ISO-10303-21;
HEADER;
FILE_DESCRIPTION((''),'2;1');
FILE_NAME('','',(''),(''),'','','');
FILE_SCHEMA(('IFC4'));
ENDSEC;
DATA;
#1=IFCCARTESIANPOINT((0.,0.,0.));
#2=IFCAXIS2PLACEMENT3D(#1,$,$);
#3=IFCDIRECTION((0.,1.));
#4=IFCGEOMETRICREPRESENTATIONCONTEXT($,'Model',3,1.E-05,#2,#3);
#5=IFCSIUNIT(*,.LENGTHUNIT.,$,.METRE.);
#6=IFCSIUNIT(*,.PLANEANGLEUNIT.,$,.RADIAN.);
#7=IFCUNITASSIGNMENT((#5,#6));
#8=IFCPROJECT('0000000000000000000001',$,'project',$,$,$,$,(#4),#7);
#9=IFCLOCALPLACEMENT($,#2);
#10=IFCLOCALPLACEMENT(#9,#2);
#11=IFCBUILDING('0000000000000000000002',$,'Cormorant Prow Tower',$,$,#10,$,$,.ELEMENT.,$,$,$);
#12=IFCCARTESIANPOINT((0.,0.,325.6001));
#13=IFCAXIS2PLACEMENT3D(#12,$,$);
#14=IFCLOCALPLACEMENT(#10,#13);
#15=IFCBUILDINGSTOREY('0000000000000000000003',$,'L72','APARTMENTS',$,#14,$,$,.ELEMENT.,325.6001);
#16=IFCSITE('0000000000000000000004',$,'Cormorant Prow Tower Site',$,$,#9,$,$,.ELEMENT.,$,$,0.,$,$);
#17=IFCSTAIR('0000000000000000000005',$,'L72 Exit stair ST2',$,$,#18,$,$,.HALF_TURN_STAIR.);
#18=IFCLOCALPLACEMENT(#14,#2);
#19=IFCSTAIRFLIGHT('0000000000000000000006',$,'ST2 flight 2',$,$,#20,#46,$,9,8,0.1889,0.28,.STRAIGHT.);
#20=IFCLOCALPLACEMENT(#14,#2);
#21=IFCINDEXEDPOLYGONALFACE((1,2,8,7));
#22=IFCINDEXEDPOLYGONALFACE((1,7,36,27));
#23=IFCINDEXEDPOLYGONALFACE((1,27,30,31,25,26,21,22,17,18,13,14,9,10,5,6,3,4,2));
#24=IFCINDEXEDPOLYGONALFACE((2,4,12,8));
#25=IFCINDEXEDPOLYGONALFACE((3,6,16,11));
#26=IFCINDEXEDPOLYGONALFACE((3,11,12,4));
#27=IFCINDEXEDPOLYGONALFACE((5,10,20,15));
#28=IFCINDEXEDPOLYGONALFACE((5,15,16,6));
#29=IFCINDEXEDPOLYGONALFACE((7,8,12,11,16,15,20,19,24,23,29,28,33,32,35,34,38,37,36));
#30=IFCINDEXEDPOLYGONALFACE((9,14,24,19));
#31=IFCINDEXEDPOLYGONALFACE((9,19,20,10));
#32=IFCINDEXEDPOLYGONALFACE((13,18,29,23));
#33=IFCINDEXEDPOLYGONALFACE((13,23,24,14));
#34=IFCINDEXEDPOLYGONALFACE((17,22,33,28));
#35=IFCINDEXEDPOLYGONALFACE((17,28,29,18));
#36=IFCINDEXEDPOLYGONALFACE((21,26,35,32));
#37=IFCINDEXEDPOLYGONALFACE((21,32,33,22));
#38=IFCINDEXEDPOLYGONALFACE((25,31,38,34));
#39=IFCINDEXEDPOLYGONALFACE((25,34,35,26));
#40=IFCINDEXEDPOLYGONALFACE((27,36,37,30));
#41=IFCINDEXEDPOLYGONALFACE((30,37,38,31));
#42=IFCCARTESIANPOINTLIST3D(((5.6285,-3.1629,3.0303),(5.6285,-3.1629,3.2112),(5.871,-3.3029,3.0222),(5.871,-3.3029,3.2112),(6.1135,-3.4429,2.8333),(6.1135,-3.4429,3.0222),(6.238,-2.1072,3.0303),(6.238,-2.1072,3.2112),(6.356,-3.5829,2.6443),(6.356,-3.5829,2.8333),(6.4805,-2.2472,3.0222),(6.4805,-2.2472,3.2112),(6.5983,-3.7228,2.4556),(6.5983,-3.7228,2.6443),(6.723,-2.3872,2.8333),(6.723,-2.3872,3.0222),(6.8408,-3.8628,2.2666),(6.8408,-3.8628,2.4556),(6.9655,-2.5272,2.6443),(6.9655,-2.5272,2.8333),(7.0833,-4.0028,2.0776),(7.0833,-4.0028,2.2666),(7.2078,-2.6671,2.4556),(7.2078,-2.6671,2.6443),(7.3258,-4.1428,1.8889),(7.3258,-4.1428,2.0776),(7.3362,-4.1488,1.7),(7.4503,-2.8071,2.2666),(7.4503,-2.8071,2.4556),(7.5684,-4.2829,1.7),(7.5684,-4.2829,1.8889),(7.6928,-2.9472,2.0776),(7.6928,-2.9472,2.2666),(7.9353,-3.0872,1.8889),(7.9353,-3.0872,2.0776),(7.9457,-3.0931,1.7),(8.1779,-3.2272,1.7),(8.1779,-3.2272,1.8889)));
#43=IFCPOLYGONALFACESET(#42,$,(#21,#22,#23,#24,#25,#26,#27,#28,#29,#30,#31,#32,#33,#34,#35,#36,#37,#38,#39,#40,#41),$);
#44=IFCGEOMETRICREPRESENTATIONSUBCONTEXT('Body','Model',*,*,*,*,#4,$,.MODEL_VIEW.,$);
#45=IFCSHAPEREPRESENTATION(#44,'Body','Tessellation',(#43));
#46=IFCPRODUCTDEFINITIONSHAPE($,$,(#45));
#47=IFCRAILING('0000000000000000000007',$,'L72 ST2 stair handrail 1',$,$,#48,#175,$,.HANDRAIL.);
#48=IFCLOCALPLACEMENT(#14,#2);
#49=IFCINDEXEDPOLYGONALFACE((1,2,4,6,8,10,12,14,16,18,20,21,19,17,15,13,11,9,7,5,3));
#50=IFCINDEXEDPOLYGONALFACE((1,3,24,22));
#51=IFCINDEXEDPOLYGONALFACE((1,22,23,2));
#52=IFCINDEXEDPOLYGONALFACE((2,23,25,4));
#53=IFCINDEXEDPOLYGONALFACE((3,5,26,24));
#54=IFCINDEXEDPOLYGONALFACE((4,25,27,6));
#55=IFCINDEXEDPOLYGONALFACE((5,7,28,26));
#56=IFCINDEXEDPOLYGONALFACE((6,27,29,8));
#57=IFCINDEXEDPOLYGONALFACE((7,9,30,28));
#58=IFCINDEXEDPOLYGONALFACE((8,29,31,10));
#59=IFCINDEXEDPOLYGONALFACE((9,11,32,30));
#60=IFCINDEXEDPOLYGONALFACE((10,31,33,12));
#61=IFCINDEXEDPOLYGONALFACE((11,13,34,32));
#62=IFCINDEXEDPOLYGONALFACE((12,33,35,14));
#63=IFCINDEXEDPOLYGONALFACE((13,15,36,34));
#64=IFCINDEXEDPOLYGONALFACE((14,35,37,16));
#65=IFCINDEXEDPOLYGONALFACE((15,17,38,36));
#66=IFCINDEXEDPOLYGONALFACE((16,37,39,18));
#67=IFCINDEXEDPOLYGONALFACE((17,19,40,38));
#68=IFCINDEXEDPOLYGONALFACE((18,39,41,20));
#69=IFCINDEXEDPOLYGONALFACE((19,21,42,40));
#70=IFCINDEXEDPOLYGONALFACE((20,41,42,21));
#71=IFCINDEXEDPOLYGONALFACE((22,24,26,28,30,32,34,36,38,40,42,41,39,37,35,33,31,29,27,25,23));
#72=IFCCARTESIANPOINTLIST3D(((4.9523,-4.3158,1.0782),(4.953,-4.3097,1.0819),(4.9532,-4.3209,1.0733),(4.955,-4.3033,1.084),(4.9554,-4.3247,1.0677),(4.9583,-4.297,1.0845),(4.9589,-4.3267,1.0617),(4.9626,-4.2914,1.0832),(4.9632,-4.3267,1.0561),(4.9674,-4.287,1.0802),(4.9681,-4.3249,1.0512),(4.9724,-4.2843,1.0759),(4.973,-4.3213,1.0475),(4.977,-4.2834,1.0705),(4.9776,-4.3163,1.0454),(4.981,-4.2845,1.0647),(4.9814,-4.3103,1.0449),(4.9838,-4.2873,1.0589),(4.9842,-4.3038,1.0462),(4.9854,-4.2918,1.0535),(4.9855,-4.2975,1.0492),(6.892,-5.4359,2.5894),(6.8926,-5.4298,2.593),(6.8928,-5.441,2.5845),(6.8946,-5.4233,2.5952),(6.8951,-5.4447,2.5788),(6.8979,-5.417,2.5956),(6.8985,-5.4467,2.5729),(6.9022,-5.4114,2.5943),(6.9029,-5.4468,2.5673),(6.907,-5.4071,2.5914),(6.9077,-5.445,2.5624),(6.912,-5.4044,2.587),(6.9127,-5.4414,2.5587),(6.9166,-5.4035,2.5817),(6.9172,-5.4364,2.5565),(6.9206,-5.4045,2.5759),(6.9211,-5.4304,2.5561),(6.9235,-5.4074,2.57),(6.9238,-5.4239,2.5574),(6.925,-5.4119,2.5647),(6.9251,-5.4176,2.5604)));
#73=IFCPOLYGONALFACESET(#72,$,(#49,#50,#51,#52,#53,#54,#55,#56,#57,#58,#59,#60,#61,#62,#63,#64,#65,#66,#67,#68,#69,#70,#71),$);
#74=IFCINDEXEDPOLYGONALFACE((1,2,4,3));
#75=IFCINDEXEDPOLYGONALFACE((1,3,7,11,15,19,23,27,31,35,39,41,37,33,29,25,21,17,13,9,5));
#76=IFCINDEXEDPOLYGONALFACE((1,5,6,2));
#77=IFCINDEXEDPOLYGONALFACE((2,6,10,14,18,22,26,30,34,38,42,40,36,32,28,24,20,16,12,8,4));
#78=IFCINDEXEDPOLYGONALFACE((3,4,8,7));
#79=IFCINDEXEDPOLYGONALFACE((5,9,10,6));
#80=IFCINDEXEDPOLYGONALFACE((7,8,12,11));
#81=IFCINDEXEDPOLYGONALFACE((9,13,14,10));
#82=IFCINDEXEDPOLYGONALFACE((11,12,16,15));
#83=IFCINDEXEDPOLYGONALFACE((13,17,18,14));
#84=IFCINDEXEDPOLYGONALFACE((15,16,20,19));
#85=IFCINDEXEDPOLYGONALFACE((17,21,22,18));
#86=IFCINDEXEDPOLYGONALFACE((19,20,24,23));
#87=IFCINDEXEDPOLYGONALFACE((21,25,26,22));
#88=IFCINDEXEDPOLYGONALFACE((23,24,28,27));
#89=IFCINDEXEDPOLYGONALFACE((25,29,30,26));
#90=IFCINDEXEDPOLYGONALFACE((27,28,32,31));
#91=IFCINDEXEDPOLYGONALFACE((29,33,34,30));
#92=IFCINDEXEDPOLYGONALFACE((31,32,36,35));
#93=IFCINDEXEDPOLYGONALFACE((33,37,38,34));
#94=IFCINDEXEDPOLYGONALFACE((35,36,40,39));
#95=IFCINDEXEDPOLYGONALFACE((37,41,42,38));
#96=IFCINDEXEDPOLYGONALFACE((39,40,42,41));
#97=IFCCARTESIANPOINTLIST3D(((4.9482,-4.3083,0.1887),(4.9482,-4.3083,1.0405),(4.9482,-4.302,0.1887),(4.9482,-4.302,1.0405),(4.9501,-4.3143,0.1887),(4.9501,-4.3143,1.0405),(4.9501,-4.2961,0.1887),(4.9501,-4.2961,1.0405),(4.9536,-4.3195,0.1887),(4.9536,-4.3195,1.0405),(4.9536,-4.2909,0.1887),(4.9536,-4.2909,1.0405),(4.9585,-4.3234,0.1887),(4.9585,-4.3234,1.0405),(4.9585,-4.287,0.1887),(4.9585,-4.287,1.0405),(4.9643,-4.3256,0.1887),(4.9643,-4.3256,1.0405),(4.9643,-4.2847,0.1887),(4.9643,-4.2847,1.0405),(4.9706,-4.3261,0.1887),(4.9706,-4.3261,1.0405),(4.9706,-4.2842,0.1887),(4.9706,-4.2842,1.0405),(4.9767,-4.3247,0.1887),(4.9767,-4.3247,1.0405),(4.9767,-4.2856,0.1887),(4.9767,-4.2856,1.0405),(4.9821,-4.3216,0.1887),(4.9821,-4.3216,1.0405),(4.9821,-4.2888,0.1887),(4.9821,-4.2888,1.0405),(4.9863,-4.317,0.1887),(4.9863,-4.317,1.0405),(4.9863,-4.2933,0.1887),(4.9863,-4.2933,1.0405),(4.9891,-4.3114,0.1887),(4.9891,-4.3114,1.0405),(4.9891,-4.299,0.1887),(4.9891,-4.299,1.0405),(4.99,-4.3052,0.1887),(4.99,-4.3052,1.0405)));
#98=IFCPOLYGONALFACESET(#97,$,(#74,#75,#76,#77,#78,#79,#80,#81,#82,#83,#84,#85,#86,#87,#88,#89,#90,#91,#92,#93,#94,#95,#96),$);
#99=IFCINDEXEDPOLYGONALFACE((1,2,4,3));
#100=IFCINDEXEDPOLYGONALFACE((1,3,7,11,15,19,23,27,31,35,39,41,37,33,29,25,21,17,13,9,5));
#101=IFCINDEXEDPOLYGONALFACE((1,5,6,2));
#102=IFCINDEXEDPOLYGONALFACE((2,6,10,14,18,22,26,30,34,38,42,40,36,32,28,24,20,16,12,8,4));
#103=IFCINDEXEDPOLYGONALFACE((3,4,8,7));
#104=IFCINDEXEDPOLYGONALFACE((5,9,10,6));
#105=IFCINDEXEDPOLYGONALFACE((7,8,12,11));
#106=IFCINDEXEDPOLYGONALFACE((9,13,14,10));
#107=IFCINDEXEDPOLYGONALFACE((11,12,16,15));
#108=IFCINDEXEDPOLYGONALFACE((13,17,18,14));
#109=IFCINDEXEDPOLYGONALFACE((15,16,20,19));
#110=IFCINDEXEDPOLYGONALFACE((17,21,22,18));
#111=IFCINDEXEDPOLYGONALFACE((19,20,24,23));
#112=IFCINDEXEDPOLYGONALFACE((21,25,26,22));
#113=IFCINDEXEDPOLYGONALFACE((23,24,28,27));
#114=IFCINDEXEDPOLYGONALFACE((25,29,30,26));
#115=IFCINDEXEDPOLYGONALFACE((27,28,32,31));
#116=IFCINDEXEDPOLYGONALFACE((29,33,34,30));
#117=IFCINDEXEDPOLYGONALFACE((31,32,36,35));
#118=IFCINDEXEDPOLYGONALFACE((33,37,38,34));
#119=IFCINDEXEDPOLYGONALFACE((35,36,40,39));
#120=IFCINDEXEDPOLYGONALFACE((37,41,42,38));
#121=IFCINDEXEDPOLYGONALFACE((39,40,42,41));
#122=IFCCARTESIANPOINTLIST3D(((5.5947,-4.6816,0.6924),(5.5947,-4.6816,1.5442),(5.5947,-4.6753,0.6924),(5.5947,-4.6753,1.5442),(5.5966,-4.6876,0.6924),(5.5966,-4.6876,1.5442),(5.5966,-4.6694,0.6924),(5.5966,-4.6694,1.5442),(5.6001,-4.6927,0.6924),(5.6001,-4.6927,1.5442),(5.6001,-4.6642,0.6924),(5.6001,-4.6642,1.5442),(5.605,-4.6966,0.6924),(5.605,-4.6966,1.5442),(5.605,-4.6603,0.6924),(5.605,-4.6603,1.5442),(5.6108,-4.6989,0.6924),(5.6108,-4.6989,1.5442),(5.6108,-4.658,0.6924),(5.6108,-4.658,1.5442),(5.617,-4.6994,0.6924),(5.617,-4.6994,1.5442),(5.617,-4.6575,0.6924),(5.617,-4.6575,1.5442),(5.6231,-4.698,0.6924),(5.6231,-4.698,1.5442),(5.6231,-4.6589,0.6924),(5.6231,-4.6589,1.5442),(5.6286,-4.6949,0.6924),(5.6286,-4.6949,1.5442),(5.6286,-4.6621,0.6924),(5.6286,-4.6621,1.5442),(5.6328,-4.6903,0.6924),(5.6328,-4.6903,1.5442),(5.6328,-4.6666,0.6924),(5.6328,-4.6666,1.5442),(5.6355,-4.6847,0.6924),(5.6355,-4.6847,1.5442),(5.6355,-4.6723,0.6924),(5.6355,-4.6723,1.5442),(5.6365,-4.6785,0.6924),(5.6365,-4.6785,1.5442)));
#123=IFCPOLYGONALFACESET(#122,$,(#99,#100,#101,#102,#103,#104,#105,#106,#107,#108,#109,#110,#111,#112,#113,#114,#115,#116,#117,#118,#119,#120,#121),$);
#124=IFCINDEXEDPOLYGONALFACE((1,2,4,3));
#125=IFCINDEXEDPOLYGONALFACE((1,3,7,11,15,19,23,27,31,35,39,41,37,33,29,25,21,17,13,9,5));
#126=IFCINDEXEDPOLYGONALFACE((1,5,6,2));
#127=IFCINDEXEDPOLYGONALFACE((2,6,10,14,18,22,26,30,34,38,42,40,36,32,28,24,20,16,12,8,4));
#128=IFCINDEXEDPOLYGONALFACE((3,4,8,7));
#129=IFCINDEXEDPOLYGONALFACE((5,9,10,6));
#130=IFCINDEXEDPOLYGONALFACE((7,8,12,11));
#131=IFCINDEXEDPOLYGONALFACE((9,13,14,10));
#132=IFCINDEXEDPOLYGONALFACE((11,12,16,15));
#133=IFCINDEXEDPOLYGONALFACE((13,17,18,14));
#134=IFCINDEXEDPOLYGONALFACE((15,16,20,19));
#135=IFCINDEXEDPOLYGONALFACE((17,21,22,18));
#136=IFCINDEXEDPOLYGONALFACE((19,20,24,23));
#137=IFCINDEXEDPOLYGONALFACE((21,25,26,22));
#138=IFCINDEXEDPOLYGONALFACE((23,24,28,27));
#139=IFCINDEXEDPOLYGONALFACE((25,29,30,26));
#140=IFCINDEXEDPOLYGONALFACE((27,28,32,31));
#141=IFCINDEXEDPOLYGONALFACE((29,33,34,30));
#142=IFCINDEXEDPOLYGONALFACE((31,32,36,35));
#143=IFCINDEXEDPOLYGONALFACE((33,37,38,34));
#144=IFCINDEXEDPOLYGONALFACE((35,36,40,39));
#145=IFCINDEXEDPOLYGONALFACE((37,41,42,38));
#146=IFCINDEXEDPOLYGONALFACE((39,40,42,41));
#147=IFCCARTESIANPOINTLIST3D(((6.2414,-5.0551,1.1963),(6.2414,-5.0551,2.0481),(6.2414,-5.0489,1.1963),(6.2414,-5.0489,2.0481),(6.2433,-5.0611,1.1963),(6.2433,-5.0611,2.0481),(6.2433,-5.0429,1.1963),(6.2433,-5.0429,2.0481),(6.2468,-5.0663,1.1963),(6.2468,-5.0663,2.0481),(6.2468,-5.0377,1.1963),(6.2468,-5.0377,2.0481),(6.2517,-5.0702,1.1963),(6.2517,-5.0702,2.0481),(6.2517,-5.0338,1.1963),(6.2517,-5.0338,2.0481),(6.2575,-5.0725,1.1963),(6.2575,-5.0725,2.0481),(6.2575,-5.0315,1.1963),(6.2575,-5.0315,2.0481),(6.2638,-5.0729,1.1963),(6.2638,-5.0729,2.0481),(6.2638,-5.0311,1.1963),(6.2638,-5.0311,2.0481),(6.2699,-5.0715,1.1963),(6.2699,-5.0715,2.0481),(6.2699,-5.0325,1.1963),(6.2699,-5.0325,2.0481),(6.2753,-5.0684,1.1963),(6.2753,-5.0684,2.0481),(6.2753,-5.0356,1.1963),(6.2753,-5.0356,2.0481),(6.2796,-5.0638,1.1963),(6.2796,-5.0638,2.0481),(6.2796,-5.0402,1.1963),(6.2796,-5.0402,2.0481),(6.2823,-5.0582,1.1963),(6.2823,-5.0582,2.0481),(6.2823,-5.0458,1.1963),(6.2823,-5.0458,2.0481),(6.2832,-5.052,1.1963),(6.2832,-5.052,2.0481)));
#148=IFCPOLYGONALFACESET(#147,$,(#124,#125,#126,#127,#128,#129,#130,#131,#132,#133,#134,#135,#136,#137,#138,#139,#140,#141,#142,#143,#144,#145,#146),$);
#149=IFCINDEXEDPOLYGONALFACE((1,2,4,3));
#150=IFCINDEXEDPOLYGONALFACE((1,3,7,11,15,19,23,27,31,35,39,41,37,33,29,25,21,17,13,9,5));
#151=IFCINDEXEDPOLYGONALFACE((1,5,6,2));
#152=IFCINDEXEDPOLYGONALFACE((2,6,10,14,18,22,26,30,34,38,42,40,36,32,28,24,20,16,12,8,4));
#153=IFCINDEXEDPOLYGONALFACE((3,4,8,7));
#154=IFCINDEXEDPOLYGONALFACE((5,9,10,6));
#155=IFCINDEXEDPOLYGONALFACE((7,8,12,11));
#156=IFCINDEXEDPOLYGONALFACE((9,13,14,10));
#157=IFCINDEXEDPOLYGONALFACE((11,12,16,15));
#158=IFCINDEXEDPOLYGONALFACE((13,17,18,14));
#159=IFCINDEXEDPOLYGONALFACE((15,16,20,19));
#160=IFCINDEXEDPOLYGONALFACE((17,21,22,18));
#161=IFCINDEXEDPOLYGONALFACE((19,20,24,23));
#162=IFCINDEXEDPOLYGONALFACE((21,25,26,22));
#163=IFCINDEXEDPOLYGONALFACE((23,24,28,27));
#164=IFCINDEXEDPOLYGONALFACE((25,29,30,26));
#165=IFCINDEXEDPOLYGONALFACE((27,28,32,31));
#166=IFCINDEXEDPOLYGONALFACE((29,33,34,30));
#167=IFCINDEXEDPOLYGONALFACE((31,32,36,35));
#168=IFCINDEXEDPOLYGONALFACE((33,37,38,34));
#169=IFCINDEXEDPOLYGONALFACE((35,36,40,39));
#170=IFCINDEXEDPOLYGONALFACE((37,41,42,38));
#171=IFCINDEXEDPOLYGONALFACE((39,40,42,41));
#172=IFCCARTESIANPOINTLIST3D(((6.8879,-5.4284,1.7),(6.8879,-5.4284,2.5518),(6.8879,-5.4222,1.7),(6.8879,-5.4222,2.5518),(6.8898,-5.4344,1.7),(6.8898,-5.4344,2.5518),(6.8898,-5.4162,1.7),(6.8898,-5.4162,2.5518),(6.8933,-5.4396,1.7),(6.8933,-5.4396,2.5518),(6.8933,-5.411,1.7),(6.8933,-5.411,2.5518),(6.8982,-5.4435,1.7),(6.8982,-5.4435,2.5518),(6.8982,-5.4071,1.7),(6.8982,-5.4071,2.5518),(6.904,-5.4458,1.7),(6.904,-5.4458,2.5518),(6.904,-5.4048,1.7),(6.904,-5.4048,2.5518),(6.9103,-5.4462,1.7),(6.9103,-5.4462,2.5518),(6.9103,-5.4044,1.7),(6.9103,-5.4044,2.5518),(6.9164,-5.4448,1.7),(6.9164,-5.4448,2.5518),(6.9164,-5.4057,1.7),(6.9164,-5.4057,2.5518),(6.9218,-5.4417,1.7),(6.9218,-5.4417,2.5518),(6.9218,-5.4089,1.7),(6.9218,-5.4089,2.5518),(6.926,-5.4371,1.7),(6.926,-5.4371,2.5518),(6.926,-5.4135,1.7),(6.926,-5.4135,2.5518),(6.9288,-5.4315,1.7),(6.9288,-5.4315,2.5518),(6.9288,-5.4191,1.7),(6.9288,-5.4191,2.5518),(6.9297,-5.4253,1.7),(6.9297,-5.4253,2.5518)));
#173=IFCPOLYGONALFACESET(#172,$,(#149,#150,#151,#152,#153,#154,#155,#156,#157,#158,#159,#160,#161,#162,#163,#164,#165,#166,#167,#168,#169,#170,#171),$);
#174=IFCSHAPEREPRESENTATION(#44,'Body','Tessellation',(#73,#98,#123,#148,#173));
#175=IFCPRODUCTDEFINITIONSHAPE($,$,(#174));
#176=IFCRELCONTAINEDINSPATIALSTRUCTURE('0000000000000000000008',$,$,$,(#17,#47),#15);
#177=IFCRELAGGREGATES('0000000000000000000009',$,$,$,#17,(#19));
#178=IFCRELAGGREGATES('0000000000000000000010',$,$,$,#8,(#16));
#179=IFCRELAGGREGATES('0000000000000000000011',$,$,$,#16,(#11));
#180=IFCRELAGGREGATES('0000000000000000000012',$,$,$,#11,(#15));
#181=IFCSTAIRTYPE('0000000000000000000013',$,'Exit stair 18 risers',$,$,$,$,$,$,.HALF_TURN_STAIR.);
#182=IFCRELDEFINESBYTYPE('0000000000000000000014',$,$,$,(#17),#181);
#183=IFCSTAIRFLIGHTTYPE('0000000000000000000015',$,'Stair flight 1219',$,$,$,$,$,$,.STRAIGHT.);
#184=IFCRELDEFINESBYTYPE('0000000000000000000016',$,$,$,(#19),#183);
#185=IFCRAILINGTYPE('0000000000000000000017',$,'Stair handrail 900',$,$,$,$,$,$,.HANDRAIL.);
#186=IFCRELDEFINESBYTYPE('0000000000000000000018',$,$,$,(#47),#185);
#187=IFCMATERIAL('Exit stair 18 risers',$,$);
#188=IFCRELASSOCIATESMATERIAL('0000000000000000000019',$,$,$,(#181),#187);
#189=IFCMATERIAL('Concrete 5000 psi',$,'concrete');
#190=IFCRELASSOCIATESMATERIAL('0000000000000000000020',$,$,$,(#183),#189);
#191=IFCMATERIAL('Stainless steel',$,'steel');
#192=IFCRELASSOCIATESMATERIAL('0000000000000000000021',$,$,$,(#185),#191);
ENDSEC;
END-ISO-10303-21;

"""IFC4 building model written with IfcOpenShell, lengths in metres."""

from ifc_helpers import new_model, si_unit, direction, frame, origin, origin_2d, place, context, subcontext, project, spatial, polyline, circle, outline, extrude, material, type_object, element, aggregate, save


model = new_model("IFC4")

# Units and contexts
model_context = context("Model", 3, precision=1e-05, world=origin(), true_north=direction((0.0, 1.0)))
body_context = subcontext(model_context, "Body", "Model", "MODEL_VIEW")
ifc_project = project(units=[si_unit("LENGTHUNIT", "METRE"), si_unit("PLANEANGLEUNIT", "RADIAN")], contexts=[model_context])

# Site, building, storey
site_placement = place(None, origin())
site = spatial("IfcSite", under=ifc_project, at=site_placement, Name="Cormorant Prow Tower Site", CompositionType="ELEMENT", RefElevation=0.0)
building_placement = place(site_placement, origin())
building = spatial("IfcBuilding", under=site, at=building_placement, Name="Cormorant Prow Tower", CompositionType="ELEMENT")
storey_placement = place(building_placement, frame((0.0, 0.0, 325.6001)))
storey = spatial("IfcBuildingStorey", under=building, at=storey_placement, Name="L72", Description="APARTMENTS", CompositionType="ELEMENT", Elevation=325.6001)

# Stair, stair flight
ifc_material_1 = material(Name="Exit stair 18 risers")
stair_type = type_object("IfcStairType", Name="Exit stair 18 risers", PredefinedType="HALF_TURN_STAIR", material=ifc_material_1)
stair_placement = place(storey_placement, origin())
stair = element("IfcStair", 1, at=stair_placement, inside=storey, type_object=stair_type, Name="L72 Exit stair ST2", PredefinedType="HALF_TURN_STAIR")
ifc_material_2 = material(Name="Concrete 5000 psi", Category="concrete")
stair_flight_type = type_object("IfcStairFlightType", Name="Stair flight 1219", PredefinedType="STRAIGHT", material=ifc_material_2)
stair_flight_1_placement = place(storey_placement, frame((7.873, -3.7551, 1.7), z_axis=(0.0, 0.0, 1.0), x_axis=(-0.866025, 0.5, 0.0)))
stair_flight_1 = element("IfcStairFlight", 2, at=stair_flight_1_placement, type_object=stair_flight_type, Name="ST2 flight 2", NumberOfRisers=9, NumberOfTreads=8, PredefinedType="STRAIGHT", RiserHeight=0.1889, TreadLength=0.28, context=body_context, shape_type="SweptSolid", body=[
    extrude(outline(polyline([(0.0, 0.0), (0.0, 0.189), (0.28, 0.189), (0.28, 0.3777), (0.5601, 0.3777), (0.5601, 0.5667), (0.8401, 0.5667), (0.8401, 0.7556), (1.1201, 0.7556), (1.1201, 0.9443), (1.3999, 0.9443), (1.3999, 1.1333), (1.6799, 1.1333), (1.6799, 1.3223), (1.96, 1.3223), (1.96, 1.5112), (2.24, 1.5112), (2.24, 1.7), (2.24, 1.3303), (0.2681, 0.0), (0.0, 0.0)])), frame((0.0, 0.6094, 0.0), z_axis=(0.0, -1.0, 0.0), x_axis=(1.0, 0.0, 0.0)), (0.0, 0.0, 1.0), 1.219),
])
aggregate(stair, [stair_flight_1])

# Railing
ifc_material_3 = material(Name="Stainless steel", Category="steel")
railing_type_1 = type_object("IfcRailingType", Name="Stair handrail 900", PredefinedType="HANDRAIL", material=ifc_material_3)
railing_1_placement = place(storey_placement, frame((4.969, -4.3052, 0.1887)))
element("IfcRailing", 3, at=railing_1_placement, inside=storey, type_object=railing_type_1, Name="L72 ST2 stair handrail 1", PredefinedType="HANDRAIL", context=body_context, shape_type="SweptSolid", body=[
    extrude(circle(Radius=0.0239, at=origin_2d()), frame((0.0, 0.0, 0.876), z_axis=(0.71787, -0.414548, 0.559297), x_axis=(0.500078, 0.86598, 0.0)), (0.0, 0.0, 1.0), 2.7019),
    extrude(circle(Radius=0.021, at=origin_2d()), origin(), (0.0, 0.0, 1.0), 0.8518),
    extrude(circle(Radius=0.021, at=origin_2d()), frame((0.6465, -0.3733, 0.5037)), (0.0, 0.0, 1.0), 0.8518),
    extrude(circle(Radius=0.021, at=origin_2d()), frame((1.2932, -0.7468, 1.0076)), (0.0, 0.0, 1.0), 0.8518),
    extrude(circle(Radius=0.021, at=origin_2d()), frame((1.9397, -1.1201, 1.5112)), (0.0, 0.0, 1.0), 0.8518),
])

save(model, "model.ifc")
